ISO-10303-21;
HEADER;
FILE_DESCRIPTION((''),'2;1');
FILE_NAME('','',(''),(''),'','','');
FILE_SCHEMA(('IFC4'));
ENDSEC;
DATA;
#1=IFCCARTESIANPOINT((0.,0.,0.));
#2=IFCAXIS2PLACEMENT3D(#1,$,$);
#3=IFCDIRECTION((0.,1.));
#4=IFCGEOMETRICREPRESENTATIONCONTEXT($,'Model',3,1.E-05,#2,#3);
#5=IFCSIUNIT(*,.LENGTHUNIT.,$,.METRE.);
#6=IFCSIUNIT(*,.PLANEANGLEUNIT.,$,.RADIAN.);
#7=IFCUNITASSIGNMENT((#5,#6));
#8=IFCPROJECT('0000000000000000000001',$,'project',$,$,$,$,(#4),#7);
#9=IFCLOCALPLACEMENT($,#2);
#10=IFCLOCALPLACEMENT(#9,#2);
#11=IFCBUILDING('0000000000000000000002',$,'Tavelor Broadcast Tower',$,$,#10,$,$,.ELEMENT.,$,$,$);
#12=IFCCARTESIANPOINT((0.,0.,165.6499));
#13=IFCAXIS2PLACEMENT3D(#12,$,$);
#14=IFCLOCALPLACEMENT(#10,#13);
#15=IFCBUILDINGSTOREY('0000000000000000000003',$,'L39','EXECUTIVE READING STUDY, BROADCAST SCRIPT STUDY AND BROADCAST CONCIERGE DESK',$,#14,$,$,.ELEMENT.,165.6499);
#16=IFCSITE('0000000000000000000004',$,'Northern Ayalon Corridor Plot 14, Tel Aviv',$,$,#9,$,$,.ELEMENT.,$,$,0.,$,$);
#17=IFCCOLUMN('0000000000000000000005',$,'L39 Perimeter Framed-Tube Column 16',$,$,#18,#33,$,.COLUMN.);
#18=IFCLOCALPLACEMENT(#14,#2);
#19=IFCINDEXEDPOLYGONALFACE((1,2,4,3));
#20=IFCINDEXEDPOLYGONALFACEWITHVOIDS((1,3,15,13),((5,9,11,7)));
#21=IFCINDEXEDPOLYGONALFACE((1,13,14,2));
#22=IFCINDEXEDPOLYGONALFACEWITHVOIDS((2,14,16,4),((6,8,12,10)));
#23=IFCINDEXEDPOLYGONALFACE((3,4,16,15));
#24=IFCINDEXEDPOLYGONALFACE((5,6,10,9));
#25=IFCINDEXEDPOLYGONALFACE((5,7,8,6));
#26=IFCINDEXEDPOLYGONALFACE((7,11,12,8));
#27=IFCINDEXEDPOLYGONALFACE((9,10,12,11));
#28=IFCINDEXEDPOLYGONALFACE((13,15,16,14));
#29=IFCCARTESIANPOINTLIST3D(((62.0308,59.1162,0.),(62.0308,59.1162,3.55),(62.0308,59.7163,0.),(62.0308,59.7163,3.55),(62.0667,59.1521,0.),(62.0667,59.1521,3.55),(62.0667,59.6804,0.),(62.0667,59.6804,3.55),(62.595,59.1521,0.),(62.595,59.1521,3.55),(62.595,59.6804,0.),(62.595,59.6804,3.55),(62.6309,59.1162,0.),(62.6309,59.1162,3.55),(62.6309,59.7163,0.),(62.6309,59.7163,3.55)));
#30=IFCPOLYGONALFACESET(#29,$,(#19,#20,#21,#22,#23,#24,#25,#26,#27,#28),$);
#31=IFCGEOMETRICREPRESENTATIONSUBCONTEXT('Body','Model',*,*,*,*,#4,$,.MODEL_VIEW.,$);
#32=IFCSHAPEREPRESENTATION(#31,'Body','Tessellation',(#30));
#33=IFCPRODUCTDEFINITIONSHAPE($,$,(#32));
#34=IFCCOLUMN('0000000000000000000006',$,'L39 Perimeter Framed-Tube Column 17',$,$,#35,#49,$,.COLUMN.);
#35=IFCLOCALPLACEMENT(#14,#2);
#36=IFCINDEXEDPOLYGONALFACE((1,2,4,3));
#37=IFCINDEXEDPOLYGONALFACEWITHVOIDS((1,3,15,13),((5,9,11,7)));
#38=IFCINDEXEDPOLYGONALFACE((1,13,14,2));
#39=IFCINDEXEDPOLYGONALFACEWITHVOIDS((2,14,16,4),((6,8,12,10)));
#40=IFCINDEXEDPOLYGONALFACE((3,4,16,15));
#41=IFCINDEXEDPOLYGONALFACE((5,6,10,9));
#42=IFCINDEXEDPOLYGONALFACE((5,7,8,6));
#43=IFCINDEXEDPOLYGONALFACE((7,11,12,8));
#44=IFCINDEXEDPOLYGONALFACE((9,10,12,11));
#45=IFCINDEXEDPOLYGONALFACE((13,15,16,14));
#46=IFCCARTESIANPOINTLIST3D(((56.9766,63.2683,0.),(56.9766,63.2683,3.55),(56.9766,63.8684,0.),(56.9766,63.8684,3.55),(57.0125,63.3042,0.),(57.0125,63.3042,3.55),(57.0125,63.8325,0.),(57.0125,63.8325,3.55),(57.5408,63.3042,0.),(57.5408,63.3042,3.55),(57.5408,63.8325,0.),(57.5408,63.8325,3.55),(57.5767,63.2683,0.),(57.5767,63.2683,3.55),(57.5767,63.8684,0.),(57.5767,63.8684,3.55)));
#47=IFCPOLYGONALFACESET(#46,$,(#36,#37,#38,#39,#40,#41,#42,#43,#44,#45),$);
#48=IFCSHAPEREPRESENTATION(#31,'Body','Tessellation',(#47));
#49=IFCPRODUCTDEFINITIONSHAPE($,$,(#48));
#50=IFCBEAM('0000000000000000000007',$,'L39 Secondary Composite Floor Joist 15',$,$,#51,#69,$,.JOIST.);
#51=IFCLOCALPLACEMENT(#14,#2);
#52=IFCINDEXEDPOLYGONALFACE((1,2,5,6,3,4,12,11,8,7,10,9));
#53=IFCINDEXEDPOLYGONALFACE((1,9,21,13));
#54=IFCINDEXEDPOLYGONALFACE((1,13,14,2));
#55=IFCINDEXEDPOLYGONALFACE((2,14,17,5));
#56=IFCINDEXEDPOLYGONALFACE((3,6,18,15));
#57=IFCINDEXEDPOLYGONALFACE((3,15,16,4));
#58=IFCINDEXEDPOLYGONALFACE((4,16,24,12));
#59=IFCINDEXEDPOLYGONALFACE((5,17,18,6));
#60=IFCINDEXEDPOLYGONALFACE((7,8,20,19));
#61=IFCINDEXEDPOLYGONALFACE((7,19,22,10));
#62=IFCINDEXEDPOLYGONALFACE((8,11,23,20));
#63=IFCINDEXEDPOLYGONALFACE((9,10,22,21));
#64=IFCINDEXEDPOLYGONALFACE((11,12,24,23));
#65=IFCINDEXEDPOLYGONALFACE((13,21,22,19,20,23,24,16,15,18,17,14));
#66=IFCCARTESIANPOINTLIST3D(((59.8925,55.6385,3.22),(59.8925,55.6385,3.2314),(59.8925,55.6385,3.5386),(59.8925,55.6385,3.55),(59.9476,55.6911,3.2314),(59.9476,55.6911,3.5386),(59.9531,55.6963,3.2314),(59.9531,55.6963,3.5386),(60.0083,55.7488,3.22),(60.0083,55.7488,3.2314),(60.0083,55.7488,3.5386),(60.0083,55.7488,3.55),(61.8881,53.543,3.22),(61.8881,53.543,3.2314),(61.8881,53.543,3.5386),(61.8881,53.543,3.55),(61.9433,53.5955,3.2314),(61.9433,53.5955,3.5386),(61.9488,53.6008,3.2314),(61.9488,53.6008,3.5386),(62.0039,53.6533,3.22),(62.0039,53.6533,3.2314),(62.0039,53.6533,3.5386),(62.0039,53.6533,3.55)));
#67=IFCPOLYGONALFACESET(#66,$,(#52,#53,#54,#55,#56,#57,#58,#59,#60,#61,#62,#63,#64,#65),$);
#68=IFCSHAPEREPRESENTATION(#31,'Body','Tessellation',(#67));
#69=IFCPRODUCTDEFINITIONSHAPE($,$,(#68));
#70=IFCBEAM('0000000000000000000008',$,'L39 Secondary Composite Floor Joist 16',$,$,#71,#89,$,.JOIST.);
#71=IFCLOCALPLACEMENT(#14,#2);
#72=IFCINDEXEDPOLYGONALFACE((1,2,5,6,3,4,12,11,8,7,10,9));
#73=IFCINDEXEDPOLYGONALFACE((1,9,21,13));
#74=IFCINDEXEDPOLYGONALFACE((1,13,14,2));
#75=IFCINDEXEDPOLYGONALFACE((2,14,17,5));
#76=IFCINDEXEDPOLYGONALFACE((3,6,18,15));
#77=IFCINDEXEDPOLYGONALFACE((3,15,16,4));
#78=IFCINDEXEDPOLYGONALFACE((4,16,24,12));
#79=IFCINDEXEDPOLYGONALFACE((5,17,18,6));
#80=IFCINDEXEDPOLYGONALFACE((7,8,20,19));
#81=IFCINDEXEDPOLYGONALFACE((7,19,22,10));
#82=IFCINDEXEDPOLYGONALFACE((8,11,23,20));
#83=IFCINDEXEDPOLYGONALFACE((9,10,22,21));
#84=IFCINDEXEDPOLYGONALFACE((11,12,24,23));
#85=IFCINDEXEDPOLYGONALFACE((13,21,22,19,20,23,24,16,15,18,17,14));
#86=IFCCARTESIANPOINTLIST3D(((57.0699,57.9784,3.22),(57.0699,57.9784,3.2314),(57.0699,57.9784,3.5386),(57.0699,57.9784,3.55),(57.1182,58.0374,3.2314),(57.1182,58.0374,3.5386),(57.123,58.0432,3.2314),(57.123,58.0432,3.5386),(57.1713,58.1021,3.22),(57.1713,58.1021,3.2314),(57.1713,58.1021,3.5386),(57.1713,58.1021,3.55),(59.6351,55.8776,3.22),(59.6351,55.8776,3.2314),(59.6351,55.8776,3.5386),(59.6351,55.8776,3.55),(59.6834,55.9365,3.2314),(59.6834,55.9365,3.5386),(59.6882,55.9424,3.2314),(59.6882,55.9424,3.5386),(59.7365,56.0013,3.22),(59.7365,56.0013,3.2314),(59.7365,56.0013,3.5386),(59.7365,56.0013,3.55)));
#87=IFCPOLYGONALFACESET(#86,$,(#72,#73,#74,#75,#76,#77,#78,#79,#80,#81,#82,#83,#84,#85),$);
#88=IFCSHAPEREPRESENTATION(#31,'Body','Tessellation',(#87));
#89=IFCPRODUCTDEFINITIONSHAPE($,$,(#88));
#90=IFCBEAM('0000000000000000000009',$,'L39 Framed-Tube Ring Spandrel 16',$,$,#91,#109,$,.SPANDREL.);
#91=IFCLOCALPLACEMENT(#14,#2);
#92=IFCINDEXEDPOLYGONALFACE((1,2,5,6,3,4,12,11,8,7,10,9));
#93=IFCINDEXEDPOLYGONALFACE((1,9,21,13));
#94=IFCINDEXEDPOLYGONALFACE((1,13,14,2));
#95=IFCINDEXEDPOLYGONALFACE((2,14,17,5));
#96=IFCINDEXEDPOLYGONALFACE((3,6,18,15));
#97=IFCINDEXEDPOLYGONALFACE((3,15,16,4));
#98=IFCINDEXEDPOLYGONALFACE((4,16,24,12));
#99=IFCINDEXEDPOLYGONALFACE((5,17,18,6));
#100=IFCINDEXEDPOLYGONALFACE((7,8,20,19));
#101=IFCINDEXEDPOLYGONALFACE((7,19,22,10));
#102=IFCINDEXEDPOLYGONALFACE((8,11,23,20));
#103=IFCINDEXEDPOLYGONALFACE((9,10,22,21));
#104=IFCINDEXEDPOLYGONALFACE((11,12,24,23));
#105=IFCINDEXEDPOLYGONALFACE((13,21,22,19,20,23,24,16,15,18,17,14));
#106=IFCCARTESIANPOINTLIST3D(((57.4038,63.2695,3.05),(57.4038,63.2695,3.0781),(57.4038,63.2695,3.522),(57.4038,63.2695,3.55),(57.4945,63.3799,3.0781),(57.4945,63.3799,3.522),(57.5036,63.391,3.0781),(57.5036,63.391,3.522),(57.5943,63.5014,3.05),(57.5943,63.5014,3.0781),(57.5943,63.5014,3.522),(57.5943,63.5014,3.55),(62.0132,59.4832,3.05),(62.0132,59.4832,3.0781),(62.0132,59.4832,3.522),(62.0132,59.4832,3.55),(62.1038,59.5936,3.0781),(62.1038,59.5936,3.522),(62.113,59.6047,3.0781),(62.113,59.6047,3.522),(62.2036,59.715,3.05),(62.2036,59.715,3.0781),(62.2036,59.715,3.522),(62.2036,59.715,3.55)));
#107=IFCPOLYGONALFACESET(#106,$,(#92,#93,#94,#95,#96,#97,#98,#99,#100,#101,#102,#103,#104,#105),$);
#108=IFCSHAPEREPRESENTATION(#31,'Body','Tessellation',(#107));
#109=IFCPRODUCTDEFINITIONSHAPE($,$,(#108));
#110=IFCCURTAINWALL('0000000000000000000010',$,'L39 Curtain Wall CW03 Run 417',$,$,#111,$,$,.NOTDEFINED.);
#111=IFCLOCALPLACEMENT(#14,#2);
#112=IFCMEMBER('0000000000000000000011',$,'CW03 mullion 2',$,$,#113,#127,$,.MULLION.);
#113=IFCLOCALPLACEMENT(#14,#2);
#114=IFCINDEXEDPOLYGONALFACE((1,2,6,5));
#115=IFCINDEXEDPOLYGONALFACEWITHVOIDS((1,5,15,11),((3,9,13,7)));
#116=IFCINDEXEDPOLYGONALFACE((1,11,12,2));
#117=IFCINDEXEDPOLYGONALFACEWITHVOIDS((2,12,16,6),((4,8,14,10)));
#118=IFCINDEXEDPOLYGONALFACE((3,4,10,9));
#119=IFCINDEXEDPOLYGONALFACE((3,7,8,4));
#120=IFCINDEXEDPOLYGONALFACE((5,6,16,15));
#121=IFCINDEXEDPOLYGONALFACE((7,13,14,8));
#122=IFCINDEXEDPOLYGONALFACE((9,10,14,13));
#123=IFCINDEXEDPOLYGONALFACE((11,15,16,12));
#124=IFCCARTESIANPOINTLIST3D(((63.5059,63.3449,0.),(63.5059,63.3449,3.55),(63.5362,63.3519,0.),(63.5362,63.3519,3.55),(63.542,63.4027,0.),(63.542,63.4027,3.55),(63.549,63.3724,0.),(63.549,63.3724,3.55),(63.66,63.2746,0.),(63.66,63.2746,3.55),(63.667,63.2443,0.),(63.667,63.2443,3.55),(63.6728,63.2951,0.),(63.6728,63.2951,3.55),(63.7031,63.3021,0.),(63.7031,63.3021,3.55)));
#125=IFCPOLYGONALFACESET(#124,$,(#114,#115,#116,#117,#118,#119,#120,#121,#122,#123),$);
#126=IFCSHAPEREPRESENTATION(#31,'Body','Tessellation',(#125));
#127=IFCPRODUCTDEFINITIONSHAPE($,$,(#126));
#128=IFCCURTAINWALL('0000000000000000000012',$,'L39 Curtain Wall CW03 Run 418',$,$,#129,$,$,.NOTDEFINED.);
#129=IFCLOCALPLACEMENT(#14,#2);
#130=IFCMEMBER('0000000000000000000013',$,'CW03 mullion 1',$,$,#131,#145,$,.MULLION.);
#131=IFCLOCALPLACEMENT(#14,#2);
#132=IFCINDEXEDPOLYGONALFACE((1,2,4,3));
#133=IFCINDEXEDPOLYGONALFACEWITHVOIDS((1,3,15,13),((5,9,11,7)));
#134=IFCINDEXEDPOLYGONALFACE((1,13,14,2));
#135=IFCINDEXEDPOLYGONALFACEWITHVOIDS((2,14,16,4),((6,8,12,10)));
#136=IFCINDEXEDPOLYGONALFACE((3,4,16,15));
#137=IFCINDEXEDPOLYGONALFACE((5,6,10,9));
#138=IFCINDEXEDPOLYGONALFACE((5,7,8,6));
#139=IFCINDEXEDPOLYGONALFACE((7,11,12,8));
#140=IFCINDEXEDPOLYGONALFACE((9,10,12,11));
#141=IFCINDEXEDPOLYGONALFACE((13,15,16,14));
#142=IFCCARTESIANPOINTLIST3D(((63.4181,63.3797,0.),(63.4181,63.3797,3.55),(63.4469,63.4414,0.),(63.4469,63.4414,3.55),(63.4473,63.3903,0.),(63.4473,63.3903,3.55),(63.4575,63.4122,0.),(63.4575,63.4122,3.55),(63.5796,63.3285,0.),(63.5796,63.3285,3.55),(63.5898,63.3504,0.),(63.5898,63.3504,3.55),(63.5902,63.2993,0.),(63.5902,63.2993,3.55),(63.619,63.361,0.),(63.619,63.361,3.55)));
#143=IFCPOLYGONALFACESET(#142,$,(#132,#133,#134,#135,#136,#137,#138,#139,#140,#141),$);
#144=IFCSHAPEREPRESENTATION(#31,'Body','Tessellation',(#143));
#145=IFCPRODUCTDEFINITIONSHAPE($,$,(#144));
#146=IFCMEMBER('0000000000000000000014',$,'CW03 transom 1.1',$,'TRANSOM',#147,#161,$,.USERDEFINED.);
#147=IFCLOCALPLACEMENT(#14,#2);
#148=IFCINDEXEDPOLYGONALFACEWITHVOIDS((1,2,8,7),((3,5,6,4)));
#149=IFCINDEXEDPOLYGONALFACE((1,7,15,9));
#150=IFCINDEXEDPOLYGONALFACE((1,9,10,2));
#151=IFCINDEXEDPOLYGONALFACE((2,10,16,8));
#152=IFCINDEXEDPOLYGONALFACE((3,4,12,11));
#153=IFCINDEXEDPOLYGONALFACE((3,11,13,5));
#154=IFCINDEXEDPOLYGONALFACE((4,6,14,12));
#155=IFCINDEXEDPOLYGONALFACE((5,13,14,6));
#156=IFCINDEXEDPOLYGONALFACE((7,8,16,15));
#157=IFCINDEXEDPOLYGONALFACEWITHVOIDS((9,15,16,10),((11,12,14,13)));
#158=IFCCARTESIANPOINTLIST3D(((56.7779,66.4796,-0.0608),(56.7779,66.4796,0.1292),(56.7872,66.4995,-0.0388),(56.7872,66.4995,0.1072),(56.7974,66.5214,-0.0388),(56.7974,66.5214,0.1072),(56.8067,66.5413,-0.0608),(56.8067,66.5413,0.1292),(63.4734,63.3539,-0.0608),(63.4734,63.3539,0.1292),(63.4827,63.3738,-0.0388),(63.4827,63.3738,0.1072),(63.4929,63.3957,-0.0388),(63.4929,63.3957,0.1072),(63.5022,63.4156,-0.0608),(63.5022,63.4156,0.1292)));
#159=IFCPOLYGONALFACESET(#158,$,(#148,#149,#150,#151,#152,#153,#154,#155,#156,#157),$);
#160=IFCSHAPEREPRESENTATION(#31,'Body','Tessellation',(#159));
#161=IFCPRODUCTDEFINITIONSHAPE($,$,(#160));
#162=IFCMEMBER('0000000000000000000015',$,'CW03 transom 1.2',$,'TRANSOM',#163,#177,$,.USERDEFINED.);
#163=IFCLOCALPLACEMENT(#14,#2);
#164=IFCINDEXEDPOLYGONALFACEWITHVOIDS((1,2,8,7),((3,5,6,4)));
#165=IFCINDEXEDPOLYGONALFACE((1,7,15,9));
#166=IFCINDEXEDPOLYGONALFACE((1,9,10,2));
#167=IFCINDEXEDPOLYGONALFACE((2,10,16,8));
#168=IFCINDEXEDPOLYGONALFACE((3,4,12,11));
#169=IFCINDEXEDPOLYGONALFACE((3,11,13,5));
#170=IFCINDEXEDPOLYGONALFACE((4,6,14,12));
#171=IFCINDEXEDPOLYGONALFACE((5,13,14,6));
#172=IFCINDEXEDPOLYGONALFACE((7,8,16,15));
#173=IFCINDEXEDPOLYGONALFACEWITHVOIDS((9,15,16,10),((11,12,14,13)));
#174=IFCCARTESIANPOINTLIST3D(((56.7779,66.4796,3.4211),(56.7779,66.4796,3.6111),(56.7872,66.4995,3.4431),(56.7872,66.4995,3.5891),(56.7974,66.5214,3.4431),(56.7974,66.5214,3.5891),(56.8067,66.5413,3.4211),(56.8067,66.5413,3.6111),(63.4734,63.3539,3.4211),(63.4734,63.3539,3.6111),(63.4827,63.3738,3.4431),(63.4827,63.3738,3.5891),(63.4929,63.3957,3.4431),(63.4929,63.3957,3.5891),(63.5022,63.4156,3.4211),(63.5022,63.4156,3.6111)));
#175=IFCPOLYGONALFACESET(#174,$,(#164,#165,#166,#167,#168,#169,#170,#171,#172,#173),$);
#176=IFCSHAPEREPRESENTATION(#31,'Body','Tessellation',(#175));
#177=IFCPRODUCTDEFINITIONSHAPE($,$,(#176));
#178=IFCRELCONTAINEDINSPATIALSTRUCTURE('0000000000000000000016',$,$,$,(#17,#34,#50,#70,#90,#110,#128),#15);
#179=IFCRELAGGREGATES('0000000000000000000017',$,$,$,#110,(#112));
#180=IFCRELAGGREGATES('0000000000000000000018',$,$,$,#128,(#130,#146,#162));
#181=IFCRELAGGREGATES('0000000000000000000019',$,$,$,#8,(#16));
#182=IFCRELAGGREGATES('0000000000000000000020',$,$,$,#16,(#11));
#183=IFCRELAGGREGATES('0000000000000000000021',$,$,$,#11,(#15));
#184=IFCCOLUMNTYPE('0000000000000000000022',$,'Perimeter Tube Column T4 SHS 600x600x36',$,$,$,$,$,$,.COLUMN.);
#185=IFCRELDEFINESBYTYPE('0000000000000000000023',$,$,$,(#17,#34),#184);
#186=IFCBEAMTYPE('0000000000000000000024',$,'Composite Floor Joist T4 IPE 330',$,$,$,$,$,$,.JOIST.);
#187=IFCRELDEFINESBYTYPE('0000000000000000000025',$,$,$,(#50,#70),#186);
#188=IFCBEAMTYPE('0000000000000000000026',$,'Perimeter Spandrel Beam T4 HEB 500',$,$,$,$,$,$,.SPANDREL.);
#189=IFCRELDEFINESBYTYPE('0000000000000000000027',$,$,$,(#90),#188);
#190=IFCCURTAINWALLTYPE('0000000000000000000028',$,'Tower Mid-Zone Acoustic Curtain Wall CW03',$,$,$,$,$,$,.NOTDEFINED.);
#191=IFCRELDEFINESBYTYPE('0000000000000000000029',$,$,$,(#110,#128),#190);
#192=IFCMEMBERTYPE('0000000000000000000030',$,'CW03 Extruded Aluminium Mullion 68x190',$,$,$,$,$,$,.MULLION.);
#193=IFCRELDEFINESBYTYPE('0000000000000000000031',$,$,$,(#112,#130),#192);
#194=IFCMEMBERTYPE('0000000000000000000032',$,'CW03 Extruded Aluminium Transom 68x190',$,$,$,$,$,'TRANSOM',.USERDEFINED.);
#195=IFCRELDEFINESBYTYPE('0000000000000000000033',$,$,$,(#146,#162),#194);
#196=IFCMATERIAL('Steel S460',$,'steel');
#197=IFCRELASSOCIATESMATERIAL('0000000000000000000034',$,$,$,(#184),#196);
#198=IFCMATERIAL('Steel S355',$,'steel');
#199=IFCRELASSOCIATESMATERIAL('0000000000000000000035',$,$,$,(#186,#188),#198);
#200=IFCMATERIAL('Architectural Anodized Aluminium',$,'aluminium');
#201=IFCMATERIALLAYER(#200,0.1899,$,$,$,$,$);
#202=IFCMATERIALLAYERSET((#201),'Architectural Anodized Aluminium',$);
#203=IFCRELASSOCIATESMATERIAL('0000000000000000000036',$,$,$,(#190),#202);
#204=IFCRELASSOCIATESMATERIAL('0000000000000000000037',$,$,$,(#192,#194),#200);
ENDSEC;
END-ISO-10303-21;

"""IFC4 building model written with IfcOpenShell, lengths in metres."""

from ifc_helpers import new_model, si_unit, direction, frame, origin, origin_2d, place, context, subcontext, project, spatial, hollow_rectangle, i_section, extrude, source, transform, mapped, material, layer, layer_set, material_profile, profile_set, type_object, type_shapes, element, aggregate, save


model = new_model("IFC4")

# Units and contexts
model_context = context("Model", 3, precision=1e-05, world=origin(), true_north=direction((0.0, 1.0)))
body_context = subcontext(model_context, "Body", "Model", "MODEL_VIEW")
ifc_project = project(units=[si_unit("LENGTHUNIT", "METRE"), si_unit("PLANEANGLEUNIT", "RADIAN")], contexts=[model_context])

# Site, building, storey
site_placement = place(None, origin())
site = spatial("IfcSite", under=ifc_project, at=site_placement, Name="Northern Ayalon Corridor Plot 14, Tel Aviv", CompositionType="ELEMENT", RefElevation=0.0)
building_placement = place(site_placement, origin())
building = spatial("IfcBuilding", under=site, at=building_placement, Name="Tavelor Broadcast Tower", CompositionType="ELEMENT")
storey_placement = place(building_placement, frame((0.0, 0.0, 165.6499)))
storey = spatial("IfcBuildingStorey", under=building, at=storey_placement, Name="L39", Description="EXECUTIVE READING STUDY, BROADCAST SCRIPT STUDY AND BROADCAST CONCIERGE DESK", CompositionType="ELEMENT", Elevation=165.6499)

# Columns
ifc_material_1 = material(Name="Steel S460", Category="steel")
ifc_material_profile_1 = material_profile(ifc_material_1, hollow_rectangle(XDim=0.6001, YDim=0.6001, WallThickness=0.0359, at=origin_2d()), Name="SHS 600x600x36")
ifc_profile_set_1 = profile_set([ifc_material_profile_1], Name="Steel S460")
column_type = type_object("IfcColumnType", Name="Perimeter Tube Column T4 SHS 600x600x36", PredefinedType="COLUMN", material=ifc_profile_set_1)
for number, where, z_axis, x_axis, name in (
    (1, (62.3308, 59.4163, 0.0), (0.0, 0.0, 1.0), (1.0, 0.0, 0.0), "L39 Perimeter Framed-Tube Column 16"),
    (2, (57.2766, 63.5684, 0.0), (0.0, 0.0, 1.0), (1.0, 0.0, 0.0), "L39 Perimeter Framed-Tube Column 17"),
):
    element("IfcColumn", number, at=place(storey_placement, frame(where, z_axis=z_axis, x_axis=x_axis)), inside=storey, type_object=column_type, Name=name, PredefinedType="COLUMN", context=body_context, shape_type="SweptSolid", body=[
        extrude(hollow_rectangle(XDim=0.6001, YDim=0.6001, WallThickness=0.0359, at=origin_2d()), origin(), (0.0, 0.0, 1.0), 3.55),
    ])

# Beams
ifc_material_2 = material(Name="Steel S355", Category="steel")
ifc_material_profile_2 = material_profile(ifc_material_2, i_section(OverallWidth=0.1599, OverallDepth=0.3301, WebThickness=0.0076, FlangeThickness=0.0115, at=origin_2d()), Name="IPE 330")
ifc_profile_set_2 = profile_set([ifc_material_profile_2], Name="Steel S355")
beam_type_1 = type_object("IfcBeamType", Name="Composite Floor Joist T4 IPE 330", PredefinedType="JOIST", material=ifc_profile_set_2)
beam_1_placement = place(storey_placement, frame((61.946, 53.5981, 3.385), z_axis=(-0.689643, 0.72415, 0.0), x_axis=(-0.72415, -0.689643, 0.0)))
element("IfcBeam", 3, at=beam_1_placement, inside=storey, type_object=beam_type_1, Name="L39 Secondary Composite Floor Joist 15", PredefinedType="JOIST", context=body_context, shape_type="SweptSolid", body=[
    extrude(i_section(OverallWidth=0.1599, OverallDepth=0.3301, WebThickness=0.0076, FlangeThickness=0.0115, at=origin_2d()), origin(), (0.0, 0.0, 1.0), 2.8938),
])
beam_2_placement = place(storey_placement, frame((59.6858, 55.9395, 3.385), z_axis=(-0.773655, 0.633607, 0.0), x_axis=(-0.633607, -0.773655, 0.0)))
element("IfcBeam", 4, at=beam_2_placement, inside=storey, type_object=beam_type_1, Name="L39 Secondary Composite Floor Joist 16", PredefinedType="JOIST", context=body_context, shape_type="SweptSolid", body=[
    extrude(i_section(OverallWidth=0.1599, OverallDepth=0.3301, WebThickness=0.0076, FlangeThickness=0.0115, at=origin_2d()), origin(), (0.0, 0.0, 1.0), 3.3157),
])
ifc_material_profile_3 = material_profile(ifc_material_2, i_section(OverallWidth=0.3, OverallDepth=0.5, WebThickness=0.0144, FlangeThickness=0.0281, at=origin_2d()), Name="HEB 500")
ifc_profile_set_3 = profile_set([ifc_material_profile_3], Name="Steel S355")
beam_type_2 = type_object("IfcBeamType", Name="Perimeter Spandrel Beam T4 HEB 500", PredefinedType="SPANDREL", material=ifc_profile_set_3)
beam_3_placement = place(storey_placement, frame((62.1084, 59.5991, 3.3), z_axis=(-0.772718, 0.63475, 0.0), x_axis=(-0.63475, -0.772718, 0.0)))
element("IfcBeam", 5, at=beam_3_placement, inside=storey, type_object=beam_type_2, Name="L39 Framed-Tube Ring Spandrel 16", PredefinedType="SPANDREL", context=body_context, shape_type="SweptSolid", body=[
    extrude(i_section(OverallWidth=0.3, OverallDepth=0.5, WebThickness=0.0144, FlangeThickness=0.0281, at=origin_2d()), origin(), (0.0, 0.0, 1.0), 5.9651),
])

# Curtain wall, member
ifc_material_3 = material(Name="Architectural Anodized Aluminium", Category="aluminium")
ifc_layer_1 = layer(ifc_material_3, 0.1899)
ifc_layer_set_1 = layer_set([ifc_layer_1], Name="Architectural Anodized Aluminium")
curtain_wall_type = type_object("IfcCurtainWallType", Name="Tower Mid-Zone Acoustic Curtain Wall CW03", PredefinedType="NOTDEFINED", material=ifc_layer_set_1)
curtain_wall_1_placement = place(storey_placement, origin())
curtain_wall_1 = element("IfcCurtainWall", 6, at=curtain_wall_1_placement, inside=storey, type_object=curtain_wall_type, Name="L39 Curtain Wall CW03 Run 417", PredefinedType="NOTDEFINED")
ifc_material_profile_4 = material_profile(ifc_material_3, hollow_rectangle(XDim=0.0681, YDim=0.1899, WallThickness=0.022, at=origin_2d()), Name="RHS 68x190x22")
ifc_profile_set_4 = profile_set([ifc_material_profile_4], Name="Architectural Anodized Aluminium")
member_type_1 = type_object("IfcMemberType", Name="CW03 Extruded Aluminium Mullion 68x190", PredefinedType="MULLION", material=ifc_profile_set_4)
shared_shape_1 = source(origin(), body_context, "Body", "SweptSolid", [
    extrude(hollow_rectangle(XDim=0.0681, YDim=0.1899, WallThickness=0.022, at=origin_2d()), origin(), (0.0, 0.0, 1.0), 3.55),
])
type_shapes(member_type_1, [shared_shape_1])
member_1_placement = place(storey_placement, frame((63.6045, 63.3235, 0.0), z_axis=(0.0, 0.0, 1.0), x_axis=(-0.529552, -0.848278, 0.0)))
member_1 = element("IfcMember", 7, at=member_1_placement, type_object=member_type_1, Name="CW03 mullion 2", PredefinedType="MULLION", context=body_context, shape_type="MappedRepresentation", body=[
    mapped(shared_shape_1, transform((0.0, 0.0, 0.0), scale=1.0)),
])
aggregate(curtain_wall_1, [member_1])

# Curtain wall, members
curtain_wall_2_placement = place(storey_placement, origin())
curtain_wall_2 = element("IfcCurtainWall", 8, at=curtain_wall_2_placement, inside=storey, type_object=curtain_wall_type, Name="L39 Curtain Wall CW03 Run 418", PredefinedType="NOTDEFINED")
member_2_placement = place(storey_placement, frame((63.5186, 63.3704, 0.0), z_axis=(0.0, 0.0, 1.0), x_axis=(-0.423016, -0.906122, 0.0)))
member_2 = element("IfcMember", 9, at=member_2_placement, type_object=member_type_1, Name="CW03 mullion 1", PredefinedType="MULLION", context=body_context, shape_type="MappedRepresentation", body=[
    mapped(shared_shape_1, transform((0.0, 0.0, 0.0), scale=1.0)),
])
ifc_material_profile_5 = material_profile(ifc_material_3, hollow_rectangle(XDim=0.0681, YDim=0.1899, WallThickness=0.022, at=origin_2d()), Name="RHS 68x190x22")
ifc_profile_set_5 = profile_set([ifc_material_profile_5], Name="Architectural Anodized Aluminium")
member_type_2 = type_object("IfcMemberType", Name="CW03 Extruded Aluminium Transom 68x190", ElementType="TRANSOM", PredefinedType="USERDEFINED", material=ifc_profile_set_5)
shared_shape_2 = source(origin(), body_context, "Body", "SweptSolid", [
    extrude(hollow_rectangle(XDim=0.0681, YDim=0.1899, WallThickness=0.022, at=origin_2d()), origin(), (0.0, 0.0, 1.0), 7.3892),
])
type_shapes(member_type_2, [shared_shape_2])
member_3_placement = place(storey_placement, frame((63.4878, 63.3848, 0.0342), z_axis=(-0.906124, 0.423012, 0.0), x_axis=(-0.423012, -0.906124, 0.0)))
member_3 = element("IfcMember", 10, at=member_3_placement, type_object=member_type_2, Name="CW03 transom 1.1", ObjectType="TRANSOM", PredefinedType="USERDEFINED", context=body_context, shape_type="MappedRepresentation", body=[
    mapped(shared_shape_2, transform((0.0, 0.0, 0.0), scale=1.0)),
])
member_4_placement = place(storey_placement, frame((63.4878, 63.3848, 3.5161), z_axis=(-0.906124, 0.423012, 0.0), x_axis=(-0.423012, -0.906124, 0.0)))
member_4 = element("IfcMember", 11, at=member_4_placement, type_object=member_type_2, Name="CW03 transom 1.2", ObjectType="TRANSOM", PredefinedType="USERDEFINED", context=body_context, shape_type="MappedRepresentation", body=[
    mapped(shared_shape_2, transform((0.0, 0.0, 0.0), scale=1.0)),
])

aggregate(curtain_wall_2, [member_2, member_3, member_4])

save(model, "model.ifc")
